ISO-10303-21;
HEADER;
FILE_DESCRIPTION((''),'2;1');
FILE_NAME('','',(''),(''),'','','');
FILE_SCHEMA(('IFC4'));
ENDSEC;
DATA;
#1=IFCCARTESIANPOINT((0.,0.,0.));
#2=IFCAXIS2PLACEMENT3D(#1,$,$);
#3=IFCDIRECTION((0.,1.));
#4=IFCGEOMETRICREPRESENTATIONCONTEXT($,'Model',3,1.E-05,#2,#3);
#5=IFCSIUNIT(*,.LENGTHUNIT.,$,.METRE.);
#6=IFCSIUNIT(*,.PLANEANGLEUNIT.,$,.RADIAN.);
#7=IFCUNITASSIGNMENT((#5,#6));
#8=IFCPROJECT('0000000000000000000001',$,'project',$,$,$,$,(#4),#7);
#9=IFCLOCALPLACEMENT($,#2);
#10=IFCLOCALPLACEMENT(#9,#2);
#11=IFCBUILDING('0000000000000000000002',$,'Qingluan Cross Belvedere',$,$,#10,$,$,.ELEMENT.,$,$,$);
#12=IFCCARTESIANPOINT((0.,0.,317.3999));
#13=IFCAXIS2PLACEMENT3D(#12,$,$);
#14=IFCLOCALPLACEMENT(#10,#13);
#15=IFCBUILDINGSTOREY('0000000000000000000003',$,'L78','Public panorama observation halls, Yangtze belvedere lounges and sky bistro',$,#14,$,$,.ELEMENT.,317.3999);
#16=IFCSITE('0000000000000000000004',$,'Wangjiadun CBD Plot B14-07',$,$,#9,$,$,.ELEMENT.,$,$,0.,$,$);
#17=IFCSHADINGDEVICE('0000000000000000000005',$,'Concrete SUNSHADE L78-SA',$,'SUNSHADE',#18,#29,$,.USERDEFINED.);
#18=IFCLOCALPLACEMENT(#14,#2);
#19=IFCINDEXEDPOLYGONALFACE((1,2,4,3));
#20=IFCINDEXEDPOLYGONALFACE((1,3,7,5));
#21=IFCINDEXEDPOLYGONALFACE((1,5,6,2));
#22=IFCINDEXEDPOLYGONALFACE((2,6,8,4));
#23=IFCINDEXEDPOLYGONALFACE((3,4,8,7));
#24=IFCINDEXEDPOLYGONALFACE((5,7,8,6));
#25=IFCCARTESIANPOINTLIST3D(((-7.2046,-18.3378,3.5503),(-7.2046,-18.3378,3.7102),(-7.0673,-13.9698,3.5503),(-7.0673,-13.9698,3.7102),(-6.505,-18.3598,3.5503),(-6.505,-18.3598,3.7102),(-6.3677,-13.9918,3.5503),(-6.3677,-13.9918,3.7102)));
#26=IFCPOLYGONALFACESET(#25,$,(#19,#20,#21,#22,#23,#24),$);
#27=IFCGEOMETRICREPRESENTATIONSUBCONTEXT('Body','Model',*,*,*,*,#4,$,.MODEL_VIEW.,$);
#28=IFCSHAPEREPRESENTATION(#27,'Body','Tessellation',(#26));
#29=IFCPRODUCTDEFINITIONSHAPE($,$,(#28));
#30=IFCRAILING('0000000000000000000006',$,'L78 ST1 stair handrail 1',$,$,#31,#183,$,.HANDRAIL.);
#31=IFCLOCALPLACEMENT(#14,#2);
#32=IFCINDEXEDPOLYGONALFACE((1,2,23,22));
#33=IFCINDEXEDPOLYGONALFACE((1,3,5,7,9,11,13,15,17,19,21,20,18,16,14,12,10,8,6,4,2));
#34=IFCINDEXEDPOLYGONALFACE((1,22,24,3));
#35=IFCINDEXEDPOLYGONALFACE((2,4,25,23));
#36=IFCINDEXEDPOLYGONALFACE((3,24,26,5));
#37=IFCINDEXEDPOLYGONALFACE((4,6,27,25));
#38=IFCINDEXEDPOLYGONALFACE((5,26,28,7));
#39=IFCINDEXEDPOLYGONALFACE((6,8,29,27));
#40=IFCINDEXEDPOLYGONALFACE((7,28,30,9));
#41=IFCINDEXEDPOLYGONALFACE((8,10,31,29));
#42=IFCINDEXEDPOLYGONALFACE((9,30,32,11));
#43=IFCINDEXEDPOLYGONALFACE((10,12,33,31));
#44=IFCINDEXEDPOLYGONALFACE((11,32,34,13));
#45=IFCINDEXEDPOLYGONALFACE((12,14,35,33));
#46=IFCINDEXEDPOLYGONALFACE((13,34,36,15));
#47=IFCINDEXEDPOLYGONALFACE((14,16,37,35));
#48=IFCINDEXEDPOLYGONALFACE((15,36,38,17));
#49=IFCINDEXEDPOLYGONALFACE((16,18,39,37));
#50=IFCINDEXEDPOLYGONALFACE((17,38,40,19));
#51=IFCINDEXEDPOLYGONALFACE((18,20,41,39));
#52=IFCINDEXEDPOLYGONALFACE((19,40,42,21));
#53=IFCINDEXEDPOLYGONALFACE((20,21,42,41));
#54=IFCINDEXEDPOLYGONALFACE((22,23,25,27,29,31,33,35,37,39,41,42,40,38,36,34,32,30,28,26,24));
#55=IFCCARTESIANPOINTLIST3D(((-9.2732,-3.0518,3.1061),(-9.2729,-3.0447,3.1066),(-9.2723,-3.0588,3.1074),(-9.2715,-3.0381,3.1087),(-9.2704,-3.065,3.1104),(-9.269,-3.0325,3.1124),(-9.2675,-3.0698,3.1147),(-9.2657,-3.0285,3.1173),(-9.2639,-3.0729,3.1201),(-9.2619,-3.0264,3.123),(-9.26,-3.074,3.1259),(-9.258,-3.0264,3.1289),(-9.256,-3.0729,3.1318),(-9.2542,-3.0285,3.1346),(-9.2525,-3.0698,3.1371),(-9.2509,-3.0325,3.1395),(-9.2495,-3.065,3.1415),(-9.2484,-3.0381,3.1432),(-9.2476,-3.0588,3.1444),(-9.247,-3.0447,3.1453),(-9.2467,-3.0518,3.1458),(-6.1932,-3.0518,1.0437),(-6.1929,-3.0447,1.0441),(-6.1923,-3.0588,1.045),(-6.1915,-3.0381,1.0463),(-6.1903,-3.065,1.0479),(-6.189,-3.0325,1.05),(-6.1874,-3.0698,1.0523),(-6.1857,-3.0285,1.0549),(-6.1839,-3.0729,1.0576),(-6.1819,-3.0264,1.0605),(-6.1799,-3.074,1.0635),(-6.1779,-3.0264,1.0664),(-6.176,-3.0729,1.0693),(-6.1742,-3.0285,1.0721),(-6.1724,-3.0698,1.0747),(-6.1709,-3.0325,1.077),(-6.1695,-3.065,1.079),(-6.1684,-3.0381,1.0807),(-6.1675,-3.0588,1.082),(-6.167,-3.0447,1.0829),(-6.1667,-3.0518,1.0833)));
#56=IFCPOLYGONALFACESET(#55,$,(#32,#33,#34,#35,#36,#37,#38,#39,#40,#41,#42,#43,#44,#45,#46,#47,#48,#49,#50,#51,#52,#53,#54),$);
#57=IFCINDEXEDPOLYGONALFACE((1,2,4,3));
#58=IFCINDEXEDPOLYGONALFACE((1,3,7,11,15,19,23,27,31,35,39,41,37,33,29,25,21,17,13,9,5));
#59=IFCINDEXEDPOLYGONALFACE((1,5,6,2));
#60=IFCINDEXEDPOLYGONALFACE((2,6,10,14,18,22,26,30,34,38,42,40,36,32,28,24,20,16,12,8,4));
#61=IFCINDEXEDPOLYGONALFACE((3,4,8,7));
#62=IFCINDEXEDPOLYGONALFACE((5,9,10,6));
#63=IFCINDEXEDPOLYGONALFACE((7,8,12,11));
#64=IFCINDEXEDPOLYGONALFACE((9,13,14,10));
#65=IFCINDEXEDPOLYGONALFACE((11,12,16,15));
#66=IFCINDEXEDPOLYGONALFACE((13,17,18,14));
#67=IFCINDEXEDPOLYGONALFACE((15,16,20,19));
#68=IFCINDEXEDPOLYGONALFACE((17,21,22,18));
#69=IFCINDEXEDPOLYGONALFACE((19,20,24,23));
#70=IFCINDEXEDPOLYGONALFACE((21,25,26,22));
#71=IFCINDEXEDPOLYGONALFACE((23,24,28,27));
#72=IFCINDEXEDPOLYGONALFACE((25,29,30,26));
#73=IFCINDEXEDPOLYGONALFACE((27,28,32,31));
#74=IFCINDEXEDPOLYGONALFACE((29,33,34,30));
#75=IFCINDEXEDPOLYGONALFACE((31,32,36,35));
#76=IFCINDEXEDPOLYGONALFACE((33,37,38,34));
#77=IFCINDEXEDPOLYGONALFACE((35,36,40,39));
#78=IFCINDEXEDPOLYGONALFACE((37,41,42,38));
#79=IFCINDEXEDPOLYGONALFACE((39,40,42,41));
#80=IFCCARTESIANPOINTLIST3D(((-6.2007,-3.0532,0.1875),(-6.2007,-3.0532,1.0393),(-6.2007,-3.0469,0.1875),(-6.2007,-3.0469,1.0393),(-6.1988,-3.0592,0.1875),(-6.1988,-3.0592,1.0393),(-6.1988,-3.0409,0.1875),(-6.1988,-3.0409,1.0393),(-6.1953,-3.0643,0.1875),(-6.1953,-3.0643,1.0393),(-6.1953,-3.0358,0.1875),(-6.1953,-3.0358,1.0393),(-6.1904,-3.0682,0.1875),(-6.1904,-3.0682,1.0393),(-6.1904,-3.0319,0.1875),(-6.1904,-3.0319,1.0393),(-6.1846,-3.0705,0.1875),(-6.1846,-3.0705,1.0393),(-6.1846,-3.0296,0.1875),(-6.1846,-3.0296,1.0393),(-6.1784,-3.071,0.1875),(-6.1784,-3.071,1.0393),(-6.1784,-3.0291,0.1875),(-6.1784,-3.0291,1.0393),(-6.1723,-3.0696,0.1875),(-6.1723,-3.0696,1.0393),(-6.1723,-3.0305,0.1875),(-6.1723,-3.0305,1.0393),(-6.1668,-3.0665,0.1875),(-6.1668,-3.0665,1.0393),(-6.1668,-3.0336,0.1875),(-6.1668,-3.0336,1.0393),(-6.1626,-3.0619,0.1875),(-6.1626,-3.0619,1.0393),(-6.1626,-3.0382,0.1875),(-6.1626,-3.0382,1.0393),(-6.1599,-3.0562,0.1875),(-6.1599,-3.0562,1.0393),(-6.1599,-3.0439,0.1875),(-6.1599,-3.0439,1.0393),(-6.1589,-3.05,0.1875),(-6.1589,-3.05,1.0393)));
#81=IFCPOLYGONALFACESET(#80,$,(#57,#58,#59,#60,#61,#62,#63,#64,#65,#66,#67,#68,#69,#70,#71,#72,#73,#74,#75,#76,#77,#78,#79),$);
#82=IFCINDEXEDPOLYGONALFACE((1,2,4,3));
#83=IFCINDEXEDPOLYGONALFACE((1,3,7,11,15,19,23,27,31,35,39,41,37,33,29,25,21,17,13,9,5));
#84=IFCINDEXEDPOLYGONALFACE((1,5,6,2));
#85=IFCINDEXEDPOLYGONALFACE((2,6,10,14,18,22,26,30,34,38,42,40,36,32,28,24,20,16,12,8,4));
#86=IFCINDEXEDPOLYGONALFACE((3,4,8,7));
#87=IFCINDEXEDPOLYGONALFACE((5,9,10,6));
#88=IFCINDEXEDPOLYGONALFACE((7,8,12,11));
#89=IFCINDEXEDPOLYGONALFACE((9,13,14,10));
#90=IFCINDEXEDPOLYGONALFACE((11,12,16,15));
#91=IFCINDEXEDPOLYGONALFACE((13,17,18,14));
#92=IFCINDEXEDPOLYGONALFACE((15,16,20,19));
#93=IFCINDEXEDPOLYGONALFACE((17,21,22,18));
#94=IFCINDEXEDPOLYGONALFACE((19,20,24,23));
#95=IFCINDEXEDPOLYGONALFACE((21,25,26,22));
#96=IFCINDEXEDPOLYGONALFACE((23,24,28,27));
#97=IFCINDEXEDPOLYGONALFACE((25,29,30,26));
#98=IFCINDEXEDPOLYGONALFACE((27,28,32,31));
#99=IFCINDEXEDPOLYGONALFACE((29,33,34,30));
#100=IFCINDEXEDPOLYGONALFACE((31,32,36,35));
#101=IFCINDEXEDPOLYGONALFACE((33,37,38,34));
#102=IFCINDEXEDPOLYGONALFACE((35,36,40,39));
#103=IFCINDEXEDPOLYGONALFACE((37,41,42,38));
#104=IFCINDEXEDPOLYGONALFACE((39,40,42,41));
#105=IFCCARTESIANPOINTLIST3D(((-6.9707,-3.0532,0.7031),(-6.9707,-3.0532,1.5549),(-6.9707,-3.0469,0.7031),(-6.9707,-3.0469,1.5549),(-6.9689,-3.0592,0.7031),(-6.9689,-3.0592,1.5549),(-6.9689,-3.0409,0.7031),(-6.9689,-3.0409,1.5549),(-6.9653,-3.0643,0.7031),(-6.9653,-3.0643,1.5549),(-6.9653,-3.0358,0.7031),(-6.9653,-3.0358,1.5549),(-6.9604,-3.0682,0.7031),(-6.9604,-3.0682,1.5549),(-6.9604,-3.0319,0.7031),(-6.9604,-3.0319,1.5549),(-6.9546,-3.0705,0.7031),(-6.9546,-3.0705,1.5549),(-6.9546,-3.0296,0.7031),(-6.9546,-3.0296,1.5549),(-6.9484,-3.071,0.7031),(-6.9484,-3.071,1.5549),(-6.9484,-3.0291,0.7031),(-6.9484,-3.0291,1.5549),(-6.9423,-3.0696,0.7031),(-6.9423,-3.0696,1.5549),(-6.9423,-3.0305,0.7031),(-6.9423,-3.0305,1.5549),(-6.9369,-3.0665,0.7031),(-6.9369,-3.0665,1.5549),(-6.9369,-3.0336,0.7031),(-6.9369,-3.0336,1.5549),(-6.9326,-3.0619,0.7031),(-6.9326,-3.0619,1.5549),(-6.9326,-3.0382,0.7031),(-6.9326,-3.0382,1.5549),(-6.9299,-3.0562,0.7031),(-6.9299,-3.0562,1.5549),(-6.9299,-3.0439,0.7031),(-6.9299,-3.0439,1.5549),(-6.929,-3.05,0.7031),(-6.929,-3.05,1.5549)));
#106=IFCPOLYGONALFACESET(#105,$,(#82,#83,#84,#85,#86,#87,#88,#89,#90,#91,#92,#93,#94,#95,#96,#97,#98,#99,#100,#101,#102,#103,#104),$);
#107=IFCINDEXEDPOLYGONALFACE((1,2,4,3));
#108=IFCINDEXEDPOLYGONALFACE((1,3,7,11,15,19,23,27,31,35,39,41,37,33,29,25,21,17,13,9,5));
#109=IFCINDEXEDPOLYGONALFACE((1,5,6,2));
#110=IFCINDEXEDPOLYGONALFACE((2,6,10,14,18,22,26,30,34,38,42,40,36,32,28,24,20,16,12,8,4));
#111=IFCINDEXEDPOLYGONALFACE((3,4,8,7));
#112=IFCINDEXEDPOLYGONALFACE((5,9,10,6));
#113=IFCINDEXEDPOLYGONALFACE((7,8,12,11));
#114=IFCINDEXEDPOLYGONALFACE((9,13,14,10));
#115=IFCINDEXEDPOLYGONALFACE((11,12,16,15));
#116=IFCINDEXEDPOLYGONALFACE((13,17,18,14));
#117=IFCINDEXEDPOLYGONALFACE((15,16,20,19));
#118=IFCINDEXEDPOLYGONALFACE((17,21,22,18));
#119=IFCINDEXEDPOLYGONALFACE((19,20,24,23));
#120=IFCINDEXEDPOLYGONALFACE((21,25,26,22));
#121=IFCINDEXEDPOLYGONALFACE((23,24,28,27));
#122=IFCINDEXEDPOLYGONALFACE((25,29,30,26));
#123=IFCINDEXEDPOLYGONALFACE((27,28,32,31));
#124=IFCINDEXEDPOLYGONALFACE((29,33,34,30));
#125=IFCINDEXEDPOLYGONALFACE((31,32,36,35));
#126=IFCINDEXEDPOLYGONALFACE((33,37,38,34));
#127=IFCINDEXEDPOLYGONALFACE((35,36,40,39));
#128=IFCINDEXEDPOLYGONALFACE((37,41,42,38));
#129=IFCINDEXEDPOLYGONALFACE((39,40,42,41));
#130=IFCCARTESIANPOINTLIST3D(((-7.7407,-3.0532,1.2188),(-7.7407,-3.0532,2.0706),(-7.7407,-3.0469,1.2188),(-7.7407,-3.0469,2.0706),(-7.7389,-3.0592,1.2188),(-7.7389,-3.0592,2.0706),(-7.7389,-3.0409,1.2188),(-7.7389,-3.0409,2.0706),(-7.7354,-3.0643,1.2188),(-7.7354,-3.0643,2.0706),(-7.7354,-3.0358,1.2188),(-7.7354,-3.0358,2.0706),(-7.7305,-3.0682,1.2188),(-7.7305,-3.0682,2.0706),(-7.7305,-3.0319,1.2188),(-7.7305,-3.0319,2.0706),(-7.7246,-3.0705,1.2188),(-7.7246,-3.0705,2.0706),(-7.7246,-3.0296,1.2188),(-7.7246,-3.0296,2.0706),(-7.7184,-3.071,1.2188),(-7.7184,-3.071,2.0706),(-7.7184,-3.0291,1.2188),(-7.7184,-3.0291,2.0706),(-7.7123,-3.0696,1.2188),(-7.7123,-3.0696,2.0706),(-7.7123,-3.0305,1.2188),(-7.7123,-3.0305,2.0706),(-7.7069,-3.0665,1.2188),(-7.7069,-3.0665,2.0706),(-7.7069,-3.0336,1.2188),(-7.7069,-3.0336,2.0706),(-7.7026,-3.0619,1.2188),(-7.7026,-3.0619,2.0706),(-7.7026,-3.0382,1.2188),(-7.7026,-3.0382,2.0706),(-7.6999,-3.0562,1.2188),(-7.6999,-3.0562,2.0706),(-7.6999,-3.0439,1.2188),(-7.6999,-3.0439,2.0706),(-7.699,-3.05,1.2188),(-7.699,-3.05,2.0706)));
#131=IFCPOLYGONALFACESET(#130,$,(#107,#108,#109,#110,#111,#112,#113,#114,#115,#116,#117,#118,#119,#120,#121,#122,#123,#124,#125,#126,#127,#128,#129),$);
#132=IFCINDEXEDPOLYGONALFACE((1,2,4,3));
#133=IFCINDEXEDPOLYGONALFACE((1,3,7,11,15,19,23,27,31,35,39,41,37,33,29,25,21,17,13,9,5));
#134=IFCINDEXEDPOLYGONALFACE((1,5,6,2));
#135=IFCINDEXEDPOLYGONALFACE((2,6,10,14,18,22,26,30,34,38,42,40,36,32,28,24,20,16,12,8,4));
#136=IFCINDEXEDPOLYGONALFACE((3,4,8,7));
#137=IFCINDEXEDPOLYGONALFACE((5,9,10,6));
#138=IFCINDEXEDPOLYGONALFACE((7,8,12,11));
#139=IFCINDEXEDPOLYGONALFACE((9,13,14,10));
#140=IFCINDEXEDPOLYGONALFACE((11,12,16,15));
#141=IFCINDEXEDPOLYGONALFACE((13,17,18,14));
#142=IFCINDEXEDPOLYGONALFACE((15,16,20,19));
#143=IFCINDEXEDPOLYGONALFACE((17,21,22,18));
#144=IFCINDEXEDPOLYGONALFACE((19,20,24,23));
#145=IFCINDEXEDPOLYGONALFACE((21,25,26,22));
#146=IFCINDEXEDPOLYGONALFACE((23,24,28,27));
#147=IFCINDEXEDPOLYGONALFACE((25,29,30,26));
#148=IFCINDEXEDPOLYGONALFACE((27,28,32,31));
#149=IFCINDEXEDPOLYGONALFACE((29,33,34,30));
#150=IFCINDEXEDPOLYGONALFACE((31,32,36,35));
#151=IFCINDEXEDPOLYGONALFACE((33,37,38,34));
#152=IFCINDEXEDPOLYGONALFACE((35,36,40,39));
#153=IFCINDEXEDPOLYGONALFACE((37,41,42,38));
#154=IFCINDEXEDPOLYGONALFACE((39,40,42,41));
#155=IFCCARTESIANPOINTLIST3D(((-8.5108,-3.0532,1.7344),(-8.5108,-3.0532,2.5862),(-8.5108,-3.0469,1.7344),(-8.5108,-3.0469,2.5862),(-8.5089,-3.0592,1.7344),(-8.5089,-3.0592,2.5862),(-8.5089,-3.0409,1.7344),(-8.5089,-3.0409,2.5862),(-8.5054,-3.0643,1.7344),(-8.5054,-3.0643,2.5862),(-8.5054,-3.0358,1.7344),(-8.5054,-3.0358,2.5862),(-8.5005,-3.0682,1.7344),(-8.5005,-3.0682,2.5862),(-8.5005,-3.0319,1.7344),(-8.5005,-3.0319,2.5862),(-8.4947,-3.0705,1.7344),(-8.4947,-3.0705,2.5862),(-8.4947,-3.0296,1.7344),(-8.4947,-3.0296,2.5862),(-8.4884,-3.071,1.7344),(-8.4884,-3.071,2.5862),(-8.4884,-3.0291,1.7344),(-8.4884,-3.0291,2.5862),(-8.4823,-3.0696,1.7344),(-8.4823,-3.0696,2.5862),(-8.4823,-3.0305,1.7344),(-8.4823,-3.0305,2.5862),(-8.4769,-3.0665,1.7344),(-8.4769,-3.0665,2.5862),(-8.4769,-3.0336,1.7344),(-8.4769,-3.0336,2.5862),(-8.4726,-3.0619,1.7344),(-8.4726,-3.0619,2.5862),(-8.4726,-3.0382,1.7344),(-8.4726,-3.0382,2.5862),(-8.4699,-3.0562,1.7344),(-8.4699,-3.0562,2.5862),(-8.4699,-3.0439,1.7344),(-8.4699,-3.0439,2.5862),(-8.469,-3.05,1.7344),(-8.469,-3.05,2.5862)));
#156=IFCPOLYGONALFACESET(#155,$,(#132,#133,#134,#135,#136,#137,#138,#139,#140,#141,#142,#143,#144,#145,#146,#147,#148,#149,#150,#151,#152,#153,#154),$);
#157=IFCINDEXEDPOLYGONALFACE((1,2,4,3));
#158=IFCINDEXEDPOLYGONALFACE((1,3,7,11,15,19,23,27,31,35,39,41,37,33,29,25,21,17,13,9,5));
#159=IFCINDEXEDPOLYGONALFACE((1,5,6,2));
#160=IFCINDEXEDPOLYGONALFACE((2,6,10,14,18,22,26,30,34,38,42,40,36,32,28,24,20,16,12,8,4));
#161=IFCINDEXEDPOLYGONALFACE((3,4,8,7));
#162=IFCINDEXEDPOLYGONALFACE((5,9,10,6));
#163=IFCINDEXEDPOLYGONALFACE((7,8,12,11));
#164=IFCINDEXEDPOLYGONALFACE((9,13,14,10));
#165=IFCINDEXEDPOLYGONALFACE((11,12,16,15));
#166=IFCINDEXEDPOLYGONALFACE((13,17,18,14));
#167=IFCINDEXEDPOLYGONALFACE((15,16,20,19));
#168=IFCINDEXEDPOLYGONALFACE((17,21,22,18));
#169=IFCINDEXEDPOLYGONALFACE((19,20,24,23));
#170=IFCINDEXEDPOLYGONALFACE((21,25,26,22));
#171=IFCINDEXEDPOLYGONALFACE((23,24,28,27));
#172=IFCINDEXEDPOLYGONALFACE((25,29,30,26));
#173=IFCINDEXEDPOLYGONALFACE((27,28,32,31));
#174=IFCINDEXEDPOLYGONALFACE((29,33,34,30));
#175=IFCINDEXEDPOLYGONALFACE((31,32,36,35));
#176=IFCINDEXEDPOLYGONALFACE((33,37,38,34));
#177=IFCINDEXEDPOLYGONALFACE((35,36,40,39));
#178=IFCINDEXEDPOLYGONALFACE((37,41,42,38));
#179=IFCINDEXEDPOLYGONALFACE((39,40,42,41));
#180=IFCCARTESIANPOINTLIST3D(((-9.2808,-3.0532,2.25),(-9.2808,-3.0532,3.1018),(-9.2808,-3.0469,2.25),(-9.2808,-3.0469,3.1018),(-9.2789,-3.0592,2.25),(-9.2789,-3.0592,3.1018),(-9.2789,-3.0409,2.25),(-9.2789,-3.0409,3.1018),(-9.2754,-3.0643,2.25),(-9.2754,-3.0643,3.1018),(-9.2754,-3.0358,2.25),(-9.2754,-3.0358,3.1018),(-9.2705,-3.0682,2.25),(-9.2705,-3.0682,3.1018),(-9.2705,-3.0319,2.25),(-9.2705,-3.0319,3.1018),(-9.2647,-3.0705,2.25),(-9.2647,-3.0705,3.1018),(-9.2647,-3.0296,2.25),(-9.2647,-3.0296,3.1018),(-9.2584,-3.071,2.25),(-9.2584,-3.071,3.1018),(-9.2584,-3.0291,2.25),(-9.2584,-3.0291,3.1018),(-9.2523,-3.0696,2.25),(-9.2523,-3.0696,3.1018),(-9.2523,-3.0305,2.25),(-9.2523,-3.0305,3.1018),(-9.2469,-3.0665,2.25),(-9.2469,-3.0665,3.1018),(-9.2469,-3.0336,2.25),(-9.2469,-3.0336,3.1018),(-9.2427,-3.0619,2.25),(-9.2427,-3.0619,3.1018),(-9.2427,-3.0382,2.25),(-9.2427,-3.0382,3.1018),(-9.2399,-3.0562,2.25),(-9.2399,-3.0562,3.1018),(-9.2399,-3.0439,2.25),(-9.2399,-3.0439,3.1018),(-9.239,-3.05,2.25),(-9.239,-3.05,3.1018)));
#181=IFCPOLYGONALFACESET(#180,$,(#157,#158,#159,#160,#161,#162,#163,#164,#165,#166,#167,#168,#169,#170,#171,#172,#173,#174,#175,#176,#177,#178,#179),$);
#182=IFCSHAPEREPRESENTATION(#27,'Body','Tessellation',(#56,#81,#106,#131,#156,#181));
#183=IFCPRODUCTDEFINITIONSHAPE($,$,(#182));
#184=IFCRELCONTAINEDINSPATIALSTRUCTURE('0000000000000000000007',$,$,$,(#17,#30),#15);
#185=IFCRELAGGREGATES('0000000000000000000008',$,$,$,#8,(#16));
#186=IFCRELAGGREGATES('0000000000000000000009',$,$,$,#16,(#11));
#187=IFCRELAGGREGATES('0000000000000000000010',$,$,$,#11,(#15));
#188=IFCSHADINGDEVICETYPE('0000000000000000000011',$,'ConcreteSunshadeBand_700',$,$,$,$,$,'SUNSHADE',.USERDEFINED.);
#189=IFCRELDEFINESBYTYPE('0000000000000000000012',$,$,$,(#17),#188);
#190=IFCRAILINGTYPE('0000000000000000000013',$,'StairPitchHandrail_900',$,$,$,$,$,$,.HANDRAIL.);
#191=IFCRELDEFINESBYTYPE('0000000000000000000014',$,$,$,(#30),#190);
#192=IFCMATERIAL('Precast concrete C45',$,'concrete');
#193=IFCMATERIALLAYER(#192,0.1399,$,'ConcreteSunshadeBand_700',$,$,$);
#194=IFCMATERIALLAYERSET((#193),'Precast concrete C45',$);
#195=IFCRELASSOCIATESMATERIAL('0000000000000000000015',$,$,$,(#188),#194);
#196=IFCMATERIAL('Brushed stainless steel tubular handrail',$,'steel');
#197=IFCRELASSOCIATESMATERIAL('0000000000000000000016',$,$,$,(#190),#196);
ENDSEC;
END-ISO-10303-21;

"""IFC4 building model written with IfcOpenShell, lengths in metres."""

from ifc_helpers import new_model, si_unit, direction, frame, origin, origin_2d, place, context, subcontext, project, spatial, rectangle, circle, extrude, material, layer, layer_set, type_object, element, save


model = new_model("IFC4")

# Units and contexts
model_context = context("Model", 3, precision=1e-05, world=origin(), true_north=direction((0.0, 1.0)))
body_context = subcontext(model_context, "Body", "Model", "MODEL_VIEW")
ifc_project = project(units=[si_unit("LENGTHUNIT", "METRE"), si_unit("PLANEANGLEUNIT", "RADIAN")], contexts=[model_context])

# Site, building, storey
site_placement = place(None, origin())
site = spatial("IfcSite", under=ifc_project, at=site_placement, Name="Wangjiadun CBD Plot B14-07", CompositionType="ELEMENT", RefElevation=0.0)
building_placement = place(site_placement, origin())
building = spatial("IfcBuilding", under=site, at=building_placement, Name="Qingluan Cross Belvedere", CompositionType="ELEMENT")
storey_placement = place(building_placement, frame((0.0, 0.0, 317.3999)))
storey = spatial("IfcBuildingStorey", under=building, at=storey_placement, Name="L78", Description="Public panorama observation halls, Yangtze belvedere lounges and sky bistro", CompositionType="ELEMENT", Elevation=317.3999)

# Shading device
ifc_material_1 = material(Name="Precast concrete C45", Category="concrete")
ifc_layer_1 = layer(ifc_material_1, 0.1399, Name="ConcreteSunshadeBand_700")
ifc_layer_set_1 = layer_set([ifc_layer_1], Name="Precast concrete C45")
shading_device_type = type_object("IfcShadingDeviceType", Name="ConcreteSunshadeBand_700", ElementType="SUNSHADE", PredefinedType="USERDEFINED", material=ifc_layer_set_1)
shading_device_placement = place(storey_placement, frame((-6.7861, -16.1648, 3.5503), z_axis=(0.0, 0.0, 1.0), x_axis=(-0.031422, -0.999506, 0.0)))
element("IfcShadingDevice", 1, at=shading_device_placement, inside=storey, type_object=shading_device_type, Name="Concrete SUNSHADE L78-SA", ObjectType="SUNSHADE", PredefinedType="USERDEFINED", context=body_context, shape_type="SweptSolid", body=[
    extrude(rectangle(XDim=4.3701, YDim=0.7, at=origin_2d()), origin(), (0.0, 0.0, 1.0), 0.1599),
])

# Railing
ifc_material_2 = material(Name="Brushed stainless steel tubular handrail", Category="steel")
railing_type_1 = type_object("IfcRailingType", Name="StairPitchHandrail_900", PredefinedType="HANDRAIL", material=ifc_material_2)
railing_1_placement = place(storey_placement, frame((-6.1799, -3.05, 0.1875)))
element("IfcRailing", 2, at=railing_1_placement, inside=storey, type_object=railing_type_1, Name="L78 ST1 stair handrail 1", PredefinedType="HANDRAIL", context=body_context, shape_type="SweptSolid", body=[
    extrude(circle(Radius=0.0239, at=origin_2d()), frame((0.0, 0.0, 0.876), z_axis=(-0.830914, 0.0, 0.556401), x_axis=(0.0, -1.0, 0.0)), (0.0, 0.0, 1.0), 3.7068),
    extrude(circle(Radius=0.021, at=origin_2d()), origin(), (0.0, 0.0, 1.0), 0.8518),
    extrude(circle(Radius=0.021, at=origin_2d()), frame((-0.77, 0.0, 0.5156)), (0.0, 0.0, 1.0), 0.8518),
    extrude(circle(Radius=0.021, at=origin_2d()), frame((-1.54, 0.0, 1.0312)), (0.0, 0.0, 1.0), 0.8518),
    extrude(circle(Radius=0.021, at=origin_2d()), frame((-2.3101, 0.0, 1.5469)), (0.0, 0.0, 1.0), 0.8518),
    extrude(circle(Radius=0.021, at=origin_2d()), frame((-3.0801, 0.0, 2.0625)), (0.0, 0.0, 1.0), 0.8518),
])

save(model, "model.ifc")
